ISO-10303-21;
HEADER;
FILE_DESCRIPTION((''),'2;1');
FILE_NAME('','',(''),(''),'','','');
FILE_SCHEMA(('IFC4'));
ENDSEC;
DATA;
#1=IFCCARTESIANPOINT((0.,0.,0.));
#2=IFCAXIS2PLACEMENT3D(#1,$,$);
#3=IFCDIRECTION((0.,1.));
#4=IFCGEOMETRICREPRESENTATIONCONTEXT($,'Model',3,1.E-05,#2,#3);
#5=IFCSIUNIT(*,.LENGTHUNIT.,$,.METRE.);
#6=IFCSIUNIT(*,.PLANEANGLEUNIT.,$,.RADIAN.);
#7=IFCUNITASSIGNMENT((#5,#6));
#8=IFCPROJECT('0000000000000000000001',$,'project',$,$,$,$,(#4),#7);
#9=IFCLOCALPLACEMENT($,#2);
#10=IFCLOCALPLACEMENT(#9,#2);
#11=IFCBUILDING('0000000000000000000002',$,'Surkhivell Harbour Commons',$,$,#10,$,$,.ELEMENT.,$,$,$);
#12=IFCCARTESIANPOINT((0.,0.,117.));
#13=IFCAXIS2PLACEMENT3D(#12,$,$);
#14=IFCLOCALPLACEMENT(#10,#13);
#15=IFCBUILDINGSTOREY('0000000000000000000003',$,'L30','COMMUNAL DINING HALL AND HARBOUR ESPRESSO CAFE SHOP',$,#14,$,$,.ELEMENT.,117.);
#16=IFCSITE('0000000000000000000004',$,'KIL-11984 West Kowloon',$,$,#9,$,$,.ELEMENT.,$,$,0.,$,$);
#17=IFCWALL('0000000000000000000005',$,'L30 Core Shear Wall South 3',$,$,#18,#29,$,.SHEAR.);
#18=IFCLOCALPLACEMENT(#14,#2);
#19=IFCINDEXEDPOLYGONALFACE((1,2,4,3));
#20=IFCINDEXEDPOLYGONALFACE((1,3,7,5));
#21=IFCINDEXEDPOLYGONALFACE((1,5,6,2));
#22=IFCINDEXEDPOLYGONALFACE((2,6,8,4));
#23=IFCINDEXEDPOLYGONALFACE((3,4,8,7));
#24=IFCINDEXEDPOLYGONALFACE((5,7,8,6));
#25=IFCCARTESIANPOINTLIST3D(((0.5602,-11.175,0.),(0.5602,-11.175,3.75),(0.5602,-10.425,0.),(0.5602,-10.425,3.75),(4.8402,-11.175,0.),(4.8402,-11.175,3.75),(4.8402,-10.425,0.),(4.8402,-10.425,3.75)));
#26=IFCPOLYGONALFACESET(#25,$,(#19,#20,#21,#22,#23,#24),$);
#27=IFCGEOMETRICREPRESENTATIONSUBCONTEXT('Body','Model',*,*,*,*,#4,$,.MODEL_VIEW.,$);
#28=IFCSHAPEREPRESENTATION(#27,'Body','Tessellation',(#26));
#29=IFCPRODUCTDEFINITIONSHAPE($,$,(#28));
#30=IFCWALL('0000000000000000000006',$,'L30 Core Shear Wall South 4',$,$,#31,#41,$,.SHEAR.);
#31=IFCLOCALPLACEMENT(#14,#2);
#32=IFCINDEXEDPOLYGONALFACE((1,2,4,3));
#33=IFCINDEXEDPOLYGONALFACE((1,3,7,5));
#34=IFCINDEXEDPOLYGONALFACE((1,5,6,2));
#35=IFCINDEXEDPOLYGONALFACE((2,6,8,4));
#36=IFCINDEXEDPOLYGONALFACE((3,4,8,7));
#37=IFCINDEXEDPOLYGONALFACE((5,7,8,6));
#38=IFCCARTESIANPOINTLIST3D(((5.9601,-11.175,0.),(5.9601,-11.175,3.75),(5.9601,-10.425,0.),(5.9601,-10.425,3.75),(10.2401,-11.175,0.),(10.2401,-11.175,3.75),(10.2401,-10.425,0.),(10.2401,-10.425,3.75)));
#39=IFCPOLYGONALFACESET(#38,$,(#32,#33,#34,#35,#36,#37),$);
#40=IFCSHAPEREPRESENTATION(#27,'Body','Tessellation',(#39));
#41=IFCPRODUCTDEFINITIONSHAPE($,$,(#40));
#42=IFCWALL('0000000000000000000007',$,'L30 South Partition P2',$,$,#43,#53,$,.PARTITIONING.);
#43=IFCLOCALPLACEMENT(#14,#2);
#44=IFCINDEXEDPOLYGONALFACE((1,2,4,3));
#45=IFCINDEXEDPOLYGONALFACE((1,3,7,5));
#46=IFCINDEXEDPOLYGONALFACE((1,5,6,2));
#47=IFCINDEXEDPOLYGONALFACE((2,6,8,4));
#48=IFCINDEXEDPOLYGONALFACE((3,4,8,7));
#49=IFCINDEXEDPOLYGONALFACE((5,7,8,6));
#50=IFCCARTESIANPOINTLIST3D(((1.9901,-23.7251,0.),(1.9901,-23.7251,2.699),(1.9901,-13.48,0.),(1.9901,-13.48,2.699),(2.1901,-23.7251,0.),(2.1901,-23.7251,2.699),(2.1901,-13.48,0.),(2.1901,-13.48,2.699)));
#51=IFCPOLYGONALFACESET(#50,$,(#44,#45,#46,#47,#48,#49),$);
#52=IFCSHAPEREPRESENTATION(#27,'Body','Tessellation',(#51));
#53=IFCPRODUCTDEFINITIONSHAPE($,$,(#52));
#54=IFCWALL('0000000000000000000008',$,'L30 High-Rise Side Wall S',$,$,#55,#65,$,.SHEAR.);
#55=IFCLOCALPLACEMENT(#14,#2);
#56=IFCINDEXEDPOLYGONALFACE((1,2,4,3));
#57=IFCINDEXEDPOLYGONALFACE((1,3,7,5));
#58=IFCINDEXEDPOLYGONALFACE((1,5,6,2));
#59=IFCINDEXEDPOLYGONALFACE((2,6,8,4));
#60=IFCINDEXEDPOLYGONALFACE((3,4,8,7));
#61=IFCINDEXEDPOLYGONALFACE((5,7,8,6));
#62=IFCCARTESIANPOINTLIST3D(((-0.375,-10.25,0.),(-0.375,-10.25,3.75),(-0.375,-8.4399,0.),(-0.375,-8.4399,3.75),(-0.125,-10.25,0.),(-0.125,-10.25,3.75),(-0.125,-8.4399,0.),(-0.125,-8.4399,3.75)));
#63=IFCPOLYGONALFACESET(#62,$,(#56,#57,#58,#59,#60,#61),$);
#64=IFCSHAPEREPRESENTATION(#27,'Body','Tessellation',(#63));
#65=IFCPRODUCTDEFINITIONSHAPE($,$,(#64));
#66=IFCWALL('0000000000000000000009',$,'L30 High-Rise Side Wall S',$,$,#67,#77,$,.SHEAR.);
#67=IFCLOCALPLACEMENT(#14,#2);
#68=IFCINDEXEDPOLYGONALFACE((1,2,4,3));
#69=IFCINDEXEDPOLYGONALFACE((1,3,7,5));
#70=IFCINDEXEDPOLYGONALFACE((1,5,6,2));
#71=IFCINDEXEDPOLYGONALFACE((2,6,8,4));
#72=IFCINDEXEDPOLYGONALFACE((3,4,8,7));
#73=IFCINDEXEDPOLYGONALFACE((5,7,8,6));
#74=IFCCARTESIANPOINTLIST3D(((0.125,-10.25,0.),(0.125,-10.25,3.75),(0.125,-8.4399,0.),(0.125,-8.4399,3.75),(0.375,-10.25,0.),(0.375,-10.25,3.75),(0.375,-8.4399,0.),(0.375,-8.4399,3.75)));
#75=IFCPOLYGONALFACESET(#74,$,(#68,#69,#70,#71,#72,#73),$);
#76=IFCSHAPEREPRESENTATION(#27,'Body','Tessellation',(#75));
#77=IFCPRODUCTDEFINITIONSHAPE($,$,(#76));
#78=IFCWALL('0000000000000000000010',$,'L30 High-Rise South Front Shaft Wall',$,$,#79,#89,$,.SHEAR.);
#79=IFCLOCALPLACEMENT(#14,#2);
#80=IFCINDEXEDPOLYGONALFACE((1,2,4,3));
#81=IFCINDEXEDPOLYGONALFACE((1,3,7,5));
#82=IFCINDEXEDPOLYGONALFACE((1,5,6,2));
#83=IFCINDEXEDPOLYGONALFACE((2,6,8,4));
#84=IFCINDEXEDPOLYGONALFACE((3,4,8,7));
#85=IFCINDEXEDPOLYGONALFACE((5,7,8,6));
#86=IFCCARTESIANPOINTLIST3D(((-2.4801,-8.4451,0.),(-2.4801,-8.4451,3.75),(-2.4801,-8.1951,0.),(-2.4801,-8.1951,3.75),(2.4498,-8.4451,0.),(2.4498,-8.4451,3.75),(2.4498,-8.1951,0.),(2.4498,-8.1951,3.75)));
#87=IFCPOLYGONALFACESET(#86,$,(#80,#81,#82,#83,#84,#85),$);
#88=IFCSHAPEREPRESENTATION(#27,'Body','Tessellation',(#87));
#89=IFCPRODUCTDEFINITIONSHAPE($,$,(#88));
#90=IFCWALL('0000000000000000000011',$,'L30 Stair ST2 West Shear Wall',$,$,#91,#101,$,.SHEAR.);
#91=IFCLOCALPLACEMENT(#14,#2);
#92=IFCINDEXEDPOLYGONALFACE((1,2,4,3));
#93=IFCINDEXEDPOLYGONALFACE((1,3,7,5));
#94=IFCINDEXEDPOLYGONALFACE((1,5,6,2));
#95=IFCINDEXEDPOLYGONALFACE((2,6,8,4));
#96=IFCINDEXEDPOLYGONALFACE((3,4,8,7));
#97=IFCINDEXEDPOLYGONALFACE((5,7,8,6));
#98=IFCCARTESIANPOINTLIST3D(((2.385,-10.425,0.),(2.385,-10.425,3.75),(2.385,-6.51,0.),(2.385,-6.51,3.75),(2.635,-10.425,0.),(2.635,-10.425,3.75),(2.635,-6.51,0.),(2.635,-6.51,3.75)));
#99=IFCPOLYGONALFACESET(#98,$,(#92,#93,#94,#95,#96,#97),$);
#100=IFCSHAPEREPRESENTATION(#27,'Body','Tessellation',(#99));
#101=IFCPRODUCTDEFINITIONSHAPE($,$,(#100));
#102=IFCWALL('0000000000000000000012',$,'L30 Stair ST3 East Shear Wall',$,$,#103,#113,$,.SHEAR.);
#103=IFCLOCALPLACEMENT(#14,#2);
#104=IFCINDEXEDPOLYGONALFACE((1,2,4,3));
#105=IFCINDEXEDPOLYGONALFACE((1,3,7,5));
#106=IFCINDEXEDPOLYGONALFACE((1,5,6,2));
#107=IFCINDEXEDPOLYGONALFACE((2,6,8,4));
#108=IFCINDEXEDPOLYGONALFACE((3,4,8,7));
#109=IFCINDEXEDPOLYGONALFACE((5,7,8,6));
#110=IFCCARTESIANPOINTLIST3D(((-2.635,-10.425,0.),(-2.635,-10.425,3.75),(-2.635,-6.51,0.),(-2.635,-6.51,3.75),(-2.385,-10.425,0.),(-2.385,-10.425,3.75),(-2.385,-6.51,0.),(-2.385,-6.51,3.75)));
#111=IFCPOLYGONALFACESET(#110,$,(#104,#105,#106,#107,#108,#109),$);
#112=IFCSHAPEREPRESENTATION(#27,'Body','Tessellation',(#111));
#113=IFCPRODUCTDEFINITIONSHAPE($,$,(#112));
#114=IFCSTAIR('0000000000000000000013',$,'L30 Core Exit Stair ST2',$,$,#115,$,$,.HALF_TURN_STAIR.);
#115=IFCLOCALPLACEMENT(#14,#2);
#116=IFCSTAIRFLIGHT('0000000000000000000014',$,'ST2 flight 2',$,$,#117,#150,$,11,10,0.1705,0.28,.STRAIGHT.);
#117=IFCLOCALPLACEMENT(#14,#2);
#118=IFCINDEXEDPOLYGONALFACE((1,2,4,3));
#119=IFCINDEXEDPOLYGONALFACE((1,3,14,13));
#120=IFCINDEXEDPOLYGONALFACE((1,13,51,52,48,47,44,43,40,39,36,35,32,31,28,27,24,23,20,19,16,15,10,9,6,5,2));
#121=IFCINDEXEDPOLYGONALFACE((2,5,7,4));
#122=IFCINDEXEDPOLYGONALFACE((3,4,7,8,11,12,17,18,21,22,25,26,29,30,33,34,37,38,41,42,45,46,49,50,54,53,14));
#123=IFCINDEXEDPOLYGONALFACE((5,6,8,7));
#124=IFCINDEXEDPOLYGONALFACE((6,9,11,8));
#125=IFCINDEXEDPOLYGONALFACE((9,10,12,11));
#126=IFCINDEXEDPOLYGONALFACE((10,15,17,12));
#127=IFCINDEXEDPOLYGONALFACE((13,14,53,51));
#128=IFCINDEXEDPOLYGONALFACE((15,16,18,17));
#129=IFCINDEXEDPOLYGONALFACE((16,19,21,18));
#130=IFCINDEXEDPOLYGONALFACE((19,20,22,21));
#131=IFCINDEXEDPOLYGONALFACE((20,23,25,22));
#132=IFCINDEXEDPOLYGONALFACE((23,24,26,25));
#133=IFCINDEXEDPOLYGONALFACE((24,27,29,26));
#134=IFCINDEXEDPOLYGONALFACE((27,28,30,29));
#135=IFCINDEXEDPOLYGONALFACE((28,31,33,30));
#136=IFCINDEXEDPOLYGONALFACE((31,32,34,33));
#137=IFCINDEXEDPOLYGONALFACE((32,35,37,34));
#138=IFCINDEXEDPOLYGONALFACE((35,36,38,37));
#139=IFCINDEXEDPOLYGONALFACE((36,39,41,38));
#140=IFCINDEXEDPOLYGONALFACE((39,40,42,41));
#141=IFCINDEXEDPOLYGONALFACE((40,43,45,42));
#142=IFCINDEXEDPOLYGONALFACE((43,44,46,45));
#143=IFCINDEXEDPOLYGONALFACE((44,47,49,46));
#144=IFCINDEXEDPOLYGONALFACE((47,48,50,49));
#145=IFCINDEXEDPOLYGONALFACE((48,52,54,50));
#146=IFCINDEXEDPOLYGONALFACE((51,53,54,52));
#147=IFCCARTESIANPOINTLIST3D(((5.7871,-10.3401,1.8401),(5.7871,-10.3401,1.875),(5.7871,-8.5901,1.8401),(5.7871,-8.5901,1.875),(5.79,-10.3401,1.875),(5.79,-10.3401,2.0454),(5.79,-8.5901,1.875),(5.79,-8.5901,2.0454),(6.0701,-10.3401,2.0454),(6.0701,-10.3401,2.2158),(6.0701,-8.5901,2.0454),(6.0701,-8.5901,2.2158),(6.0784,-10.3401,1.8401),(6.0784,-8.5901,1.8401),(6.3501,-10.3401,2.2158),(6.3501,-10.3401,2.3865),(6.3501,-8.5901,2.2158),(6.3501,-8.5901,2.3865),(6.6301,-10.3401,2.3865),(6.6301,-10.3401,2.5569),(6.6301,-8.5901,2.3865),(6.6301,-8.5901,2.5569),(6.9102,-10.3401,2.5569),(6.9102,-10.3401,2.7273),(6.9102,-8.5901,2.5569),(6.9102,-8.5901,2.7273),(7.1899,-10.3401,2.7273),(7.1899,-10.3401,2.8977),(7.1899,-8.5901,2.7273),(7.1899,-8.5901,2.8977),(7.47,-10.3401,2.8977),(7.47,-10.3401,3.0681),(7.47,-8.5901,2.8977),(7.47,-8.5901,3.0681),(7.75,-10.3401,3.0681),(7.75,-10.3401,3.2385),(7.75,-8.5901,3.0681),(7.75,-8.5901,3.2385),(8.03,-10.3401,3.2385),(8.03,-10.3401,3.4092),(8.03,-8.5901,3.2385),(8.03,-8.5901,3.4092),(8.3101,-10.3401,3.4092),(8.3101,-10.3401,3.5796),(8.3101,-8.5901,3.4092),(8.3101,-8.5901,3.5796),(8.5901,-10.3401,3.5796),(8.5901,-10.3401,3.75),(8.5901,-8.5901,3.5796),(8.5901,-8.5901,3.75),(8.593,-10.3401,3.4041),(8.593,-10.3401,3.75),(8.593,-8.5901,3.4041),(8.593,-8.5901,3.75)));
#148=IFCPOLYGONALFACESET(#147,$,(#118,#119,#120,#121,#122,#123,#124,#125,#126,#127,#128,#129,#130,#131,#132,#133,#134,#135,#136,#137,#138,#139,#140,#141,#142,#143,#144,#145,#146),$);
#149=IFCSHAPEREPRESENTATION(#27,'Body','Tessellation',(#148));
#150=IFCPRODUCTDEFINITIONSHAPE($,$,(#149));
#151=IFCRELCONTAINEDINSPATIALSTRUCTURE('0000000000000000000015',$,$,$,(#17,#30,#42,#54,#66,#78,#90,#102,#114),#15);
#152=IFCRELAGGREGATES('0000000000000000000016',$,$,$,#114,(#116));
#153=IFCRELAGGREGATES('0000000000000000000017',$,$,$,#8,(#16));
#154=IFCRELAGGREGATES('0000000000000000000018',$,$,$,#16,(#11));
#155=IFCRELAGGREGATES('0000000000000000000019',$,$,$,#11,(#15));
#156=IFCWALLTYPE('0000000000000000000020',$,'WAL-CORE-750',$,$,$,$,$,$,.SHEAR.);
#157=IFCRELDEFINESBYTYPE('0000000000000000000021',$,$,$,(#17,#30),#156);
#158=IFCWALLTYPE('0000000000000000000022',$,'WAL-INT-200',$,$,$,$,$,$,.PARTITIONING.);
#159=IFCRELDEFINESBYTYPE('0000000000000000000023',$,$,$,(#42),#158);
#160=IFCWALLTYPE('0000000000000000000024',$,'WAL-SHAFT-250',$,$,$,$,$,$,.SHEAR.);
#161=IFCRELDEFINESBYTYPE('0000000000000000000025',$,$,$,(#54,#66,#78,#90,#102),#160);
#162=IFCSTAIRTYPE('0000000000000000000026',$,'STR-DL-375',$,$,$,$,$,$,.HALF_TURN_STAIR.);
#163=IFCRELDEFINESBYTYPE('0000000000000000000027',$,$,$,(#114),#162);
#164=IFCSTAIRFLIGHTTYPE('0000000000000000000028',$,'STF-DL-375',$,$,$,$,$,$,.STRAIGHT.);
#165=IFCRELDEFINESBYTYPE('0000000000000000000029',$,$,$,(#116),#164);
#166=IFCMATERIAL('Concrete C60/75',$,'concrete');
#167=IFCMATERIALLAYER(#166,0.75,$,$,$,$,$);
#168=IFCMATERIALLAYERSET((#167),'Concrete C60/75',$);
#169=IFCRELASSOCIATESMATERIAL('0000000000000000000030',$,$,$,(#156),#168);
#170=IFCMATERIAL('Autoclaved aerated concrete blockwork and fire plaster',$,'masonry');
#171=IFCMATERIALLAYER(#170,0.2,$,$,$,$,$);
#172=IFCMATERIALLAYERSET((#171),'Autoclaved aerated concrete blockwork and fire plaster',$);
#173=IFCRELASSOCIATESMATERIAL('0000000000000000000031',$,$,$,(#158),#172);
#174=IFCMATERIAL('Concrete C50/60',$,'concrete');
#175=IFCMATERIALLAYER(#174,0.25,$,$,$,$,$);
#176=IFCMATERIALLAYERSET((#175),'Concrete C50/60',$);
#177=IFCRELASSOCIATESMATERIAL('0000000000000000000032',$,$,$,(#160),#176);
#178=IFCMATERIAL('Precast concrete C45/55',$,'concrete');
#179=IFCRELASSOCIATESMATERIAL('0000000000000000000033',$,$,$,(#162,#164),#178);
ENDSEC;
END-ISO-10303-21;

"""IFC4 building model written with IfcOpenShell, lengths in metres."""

from ifc_helpers import new_model, si_unit, direction, frame, frame_2d, origin, place, context, subcontext, project, spatial, polyline, rectangle, outline, extrude, material, layer, layer_set, type_object, element, aggregate, save


model = new_model("IFC4")

# Units and contexts
model_context = context("Model", 3, precision=1e-05, world=origin(), true_north=direction((0.0, 1.0)))
body_context = subcontext(model_context, "Body", "Model", "MODEL_VIEW")
ifc_project = project(units=[si_unit("LENGTHUNIT", "METRE"), si_unit("PLANEANGLEUNIT", "RADIAN")], contexts=[model_context])

# Site, building, storey
site_placement = place(None, origin())
site = spatial("IfcSite", under=ifc_project, at=site_placement, Name="KIL-11984 West Kowloon", CompositionType="ELEMENT", RefElevation=0.0)
building_placement = place(site_placement, origin())
building = spatial("IfcBuilding", under=site, at=building_placement, Name="Surkhivell Harbour Commons", CompositionType="ELEMENT")
storey_placement = place(building_placement, frame((0.0, 0.0, 117.0)))
storey = spatial("IfcBuildingStorey", under=building, at=storey_placement, Name="L30", Description="COMMUNAL DINING HALL AND HARBOUR ESPRESSO CAFE SHOP", CompositionType="ELEMENT", Elevation=117.0)

# Shared definitions
ifc_material_1 = material(Name="Concrete C60/75", Category="concrete")

# Walls
ifc_layer_1 = layer(ifc_material_1, 0.75)
ifc_layer_set_1 = layer_set([ifc_layer_1], Name="Concrete C60/75")
wall_type_1 = type_object("IfcWallType", Name="WAL-CORE-750", PredefinedType="SHEAR", material=ifc_layer_set_1)
for number, where, z_axis, x_axis, name in (
    (1, (0.5601, -10.8, 0.0), (0.0, 0.0, 1.0), (1.0, 0.0, 0.0), "L30 Core Shear Wall South 3"),
    (2, (5.96, -10.8, 0.0), (0.0, 0.0, 1.0), (1.0, 0.0, 0.0), "L30 Core Shear Wall South 4"),
):
    element("IfcWall", number, at=place(storey_placement, frame(where, z_axis=z_axis, x_axis=x_axis)), inside=storey, type_object=wall_type_1, Name=name, PredefinedType="SHEAR", context=body_context, shape_type="SweptSolid", body=[
        extrude(rectangle(XDim=4.28, YDim=0.75, at=frame_2d((2.1401, 0.0))), origin(), (0.0, 0.0, 1.0), 3.75),
    ])
ifc_material_2 = material(Name="Autoclaved aerated concrete blockwork and fire plaster", Category="masonry")
ifc_layer_2 = layer(ifc_material_2, 0.2)
ifc_layer_set_2 = layer_set([ifc_layer_2], Name="Autoclaved aerated concrete blockwork and fire plaster")
wall_type_2 = type_object("IfcWallType", Name="WAL-INT-200", PredefinedType="PARTITIONING", material=ifc_layer_set_2)
wall_1_placement = place(storey_placement, frame((2.0901, -23.7251, 0.0), z_axis=(0.0, 0.0, 1.0), x_axis=(0.0, 1.0, 0.0)))
element("IfcWall", 3, at=wall_1_placement, inside=storey, type_object=wall_type_2, Name="L30 South Partition P2", PredefinedType="PARTITIONING", context=body_context, shape_type="SweptSolid", body=[
    extrude(rectangle(XDim=10.2451, YDim=0.2, at=frame_2d((5.1226, 0.0))), origin(), (0.0, 0.0, 1.0), 2.699),
])
ifc_material_3 = material(Name="Concrete C50/60", Category="concrete")
ifc_layer_3 = layer(ifc_material_3, 0.25)
ifc_layer_set_3 = layer_set([ifc_layer_3], Name="Concrete C50/60")
wall_type_3 = type_object("IfcWallType", Name="WAL-SHAFT-250", PredefinedType="SHEAR", material=ifc_layer_set_3)
for number, where, z_axis, x_axis, name in (
    (4, (-0.25, -10.25, 0.0), (0.0, 0.0, 1.0), (0.0, 1.0, 0.0), "L30 High-Rise Side Wall S"),
    (5, (0.25, -10.25, 0.0), (0.0, 0.0, 1.0), (0.0, 1.0, 0.0), "L30 High-Rise Side Wall S"),
):
    element("IfcWall", number, at=place(storey_placement, frame(where, z_axis=z_axis, x_axis=x_axis)), inside=storey, type_object=wall_type_3, Name=name, PredefinedType="SHEAR", context=body_context, shape_type="SweptSolid", body=[
        extrude(rectangle(XDim=1.8101, YDim=0.25, at=frame_2d((0.905, 0.0))), origin(), (0.0, 0.0, 1.0), 3.75),
    ])
wall_2_placement = place(storey_placement, frame((-2.48, -8.3201, 0.0), z_axis=(0.0, 0.0, 1.0), x_axis=(1.0, 0.0, 0.0)))
element("IfcWall", 6, at=wall_2_placement, inside=storey, type_object=wall_type_3, Name="L30 High-Rise South Front Shaft Wall", PredefinedType="SHEAR", context=body_context, shape_type="SweptSolid", body=[
    extrude(rectangle(XDim=4.9299, YDim=0.25, at=frame_2d((2.4648, 0.0))), origin(), (0.0, 0.0, 1.0), 3.75),
])
for number, where, z_axis, x_axis, name in (
    (7, (2.51, -10.425, 0.0), (0.0, 0.0, 1.0), (0.0, 1.0, 0.0), "L30 Stair ST2 West Shear Wall"),
    (8, (-2.51, -10.425, 0.0), (0.0, 0.0, 1.0), (0.0, 1.0, 0.0), "L30 Stair ST3 East Shear Wall"),
):
    element("IfcWall", number, at=place(storey_placement, frame(where, z_axis=z_axis, x_axis=x_axis)), inside=storey, type_object=wall_type_3, Name=name, PredefinedType="SHEAR", context=body_context, shape_type="SweptSolid", body=[
        extrude(rectangle(XDim=3.915, YDim=0.25, at=frame_2d((1.9575, 0.0))), origin(), (0.0, 0.0, 1.0), 3.75),
    ])

# Stair, stair flight
ifc_material_4 = material(Name="Precast concrete C45/55", Category="concrete")
stair_type = type_object("IfcStairType", Name="STR-DL-375", PredefinedType="HALF_TURN_STAIR", material=ifc_material_4)
stair_placement = place(storey_placement, origin())
stair = element("IfcStair", 9, at=stair_placement, inside=storey, type_object=stair_type, Name="L30 Core Exit Stair ST2", PredefinedType="HALF_TURN_STAIR")
stair_flight_type = type_object("IfcStairFlightType", Name="STF-DL-375", PredefinedType="STRAIGHT", material=ifc_material_4)
stair_flight_placement = place(storey_placement, frame((5.79, -9.4651, 1.875), z_axis=(0.0, 0.0, 1.0), x_axis=(1.0, 0.0, 0.0)))
stair_flight = element("IfcStairFlight", 10, at=stair_flight_placement, type_object=stair_flight_type, Name="ST2 flight 2", NumberOfRisers=11, NumberOfTreads=10, PredefinedType="STRAIGHT", RiserHeight=0.1705, TreadLength=0.28, context=body_context, shape_type="SweptSolid", body=[
    extrude(outline(polyline([(-0.0029, -0.0349), (-0.0029, 0.0), (0.0, 0.0), (0.0, 0.1704), (0.28, 0.1704), (0.28, 0.3408), (0.5601, 0.3408), (0.5601, 0.5115), (0.8401, 0.5115), (0.8401, 0.6819), (1.1201, 0.6819), (1.1201, 0.8523), (1.3999, 0.8523), (1.3999, 1.0227), (1.6799, 1.0227), (1.6799, 1.1931), (1.96, 1.1931), (1.96, 1.3635), (2.24, 1.3635), (2.24, 1.5342), (2.52, 1.5342), (2.52, 1.7046), (2.8, 1.7046), (2.8, 1.875), (2.803, 1.875), (2.803, 1.5291), (0.2883, -0.0349), (-0.0029, -0.0349)])), frame((0.0, 0.875, 0.0), z_axis=(0.0, -1.0, 0.0), x_axis=(1.0, 0.0, 0.0)), (0.0, 0.0, 1.0), 1.75),
])
aggregate(stair, [stair_flight])

save(model, "model.ifc")
